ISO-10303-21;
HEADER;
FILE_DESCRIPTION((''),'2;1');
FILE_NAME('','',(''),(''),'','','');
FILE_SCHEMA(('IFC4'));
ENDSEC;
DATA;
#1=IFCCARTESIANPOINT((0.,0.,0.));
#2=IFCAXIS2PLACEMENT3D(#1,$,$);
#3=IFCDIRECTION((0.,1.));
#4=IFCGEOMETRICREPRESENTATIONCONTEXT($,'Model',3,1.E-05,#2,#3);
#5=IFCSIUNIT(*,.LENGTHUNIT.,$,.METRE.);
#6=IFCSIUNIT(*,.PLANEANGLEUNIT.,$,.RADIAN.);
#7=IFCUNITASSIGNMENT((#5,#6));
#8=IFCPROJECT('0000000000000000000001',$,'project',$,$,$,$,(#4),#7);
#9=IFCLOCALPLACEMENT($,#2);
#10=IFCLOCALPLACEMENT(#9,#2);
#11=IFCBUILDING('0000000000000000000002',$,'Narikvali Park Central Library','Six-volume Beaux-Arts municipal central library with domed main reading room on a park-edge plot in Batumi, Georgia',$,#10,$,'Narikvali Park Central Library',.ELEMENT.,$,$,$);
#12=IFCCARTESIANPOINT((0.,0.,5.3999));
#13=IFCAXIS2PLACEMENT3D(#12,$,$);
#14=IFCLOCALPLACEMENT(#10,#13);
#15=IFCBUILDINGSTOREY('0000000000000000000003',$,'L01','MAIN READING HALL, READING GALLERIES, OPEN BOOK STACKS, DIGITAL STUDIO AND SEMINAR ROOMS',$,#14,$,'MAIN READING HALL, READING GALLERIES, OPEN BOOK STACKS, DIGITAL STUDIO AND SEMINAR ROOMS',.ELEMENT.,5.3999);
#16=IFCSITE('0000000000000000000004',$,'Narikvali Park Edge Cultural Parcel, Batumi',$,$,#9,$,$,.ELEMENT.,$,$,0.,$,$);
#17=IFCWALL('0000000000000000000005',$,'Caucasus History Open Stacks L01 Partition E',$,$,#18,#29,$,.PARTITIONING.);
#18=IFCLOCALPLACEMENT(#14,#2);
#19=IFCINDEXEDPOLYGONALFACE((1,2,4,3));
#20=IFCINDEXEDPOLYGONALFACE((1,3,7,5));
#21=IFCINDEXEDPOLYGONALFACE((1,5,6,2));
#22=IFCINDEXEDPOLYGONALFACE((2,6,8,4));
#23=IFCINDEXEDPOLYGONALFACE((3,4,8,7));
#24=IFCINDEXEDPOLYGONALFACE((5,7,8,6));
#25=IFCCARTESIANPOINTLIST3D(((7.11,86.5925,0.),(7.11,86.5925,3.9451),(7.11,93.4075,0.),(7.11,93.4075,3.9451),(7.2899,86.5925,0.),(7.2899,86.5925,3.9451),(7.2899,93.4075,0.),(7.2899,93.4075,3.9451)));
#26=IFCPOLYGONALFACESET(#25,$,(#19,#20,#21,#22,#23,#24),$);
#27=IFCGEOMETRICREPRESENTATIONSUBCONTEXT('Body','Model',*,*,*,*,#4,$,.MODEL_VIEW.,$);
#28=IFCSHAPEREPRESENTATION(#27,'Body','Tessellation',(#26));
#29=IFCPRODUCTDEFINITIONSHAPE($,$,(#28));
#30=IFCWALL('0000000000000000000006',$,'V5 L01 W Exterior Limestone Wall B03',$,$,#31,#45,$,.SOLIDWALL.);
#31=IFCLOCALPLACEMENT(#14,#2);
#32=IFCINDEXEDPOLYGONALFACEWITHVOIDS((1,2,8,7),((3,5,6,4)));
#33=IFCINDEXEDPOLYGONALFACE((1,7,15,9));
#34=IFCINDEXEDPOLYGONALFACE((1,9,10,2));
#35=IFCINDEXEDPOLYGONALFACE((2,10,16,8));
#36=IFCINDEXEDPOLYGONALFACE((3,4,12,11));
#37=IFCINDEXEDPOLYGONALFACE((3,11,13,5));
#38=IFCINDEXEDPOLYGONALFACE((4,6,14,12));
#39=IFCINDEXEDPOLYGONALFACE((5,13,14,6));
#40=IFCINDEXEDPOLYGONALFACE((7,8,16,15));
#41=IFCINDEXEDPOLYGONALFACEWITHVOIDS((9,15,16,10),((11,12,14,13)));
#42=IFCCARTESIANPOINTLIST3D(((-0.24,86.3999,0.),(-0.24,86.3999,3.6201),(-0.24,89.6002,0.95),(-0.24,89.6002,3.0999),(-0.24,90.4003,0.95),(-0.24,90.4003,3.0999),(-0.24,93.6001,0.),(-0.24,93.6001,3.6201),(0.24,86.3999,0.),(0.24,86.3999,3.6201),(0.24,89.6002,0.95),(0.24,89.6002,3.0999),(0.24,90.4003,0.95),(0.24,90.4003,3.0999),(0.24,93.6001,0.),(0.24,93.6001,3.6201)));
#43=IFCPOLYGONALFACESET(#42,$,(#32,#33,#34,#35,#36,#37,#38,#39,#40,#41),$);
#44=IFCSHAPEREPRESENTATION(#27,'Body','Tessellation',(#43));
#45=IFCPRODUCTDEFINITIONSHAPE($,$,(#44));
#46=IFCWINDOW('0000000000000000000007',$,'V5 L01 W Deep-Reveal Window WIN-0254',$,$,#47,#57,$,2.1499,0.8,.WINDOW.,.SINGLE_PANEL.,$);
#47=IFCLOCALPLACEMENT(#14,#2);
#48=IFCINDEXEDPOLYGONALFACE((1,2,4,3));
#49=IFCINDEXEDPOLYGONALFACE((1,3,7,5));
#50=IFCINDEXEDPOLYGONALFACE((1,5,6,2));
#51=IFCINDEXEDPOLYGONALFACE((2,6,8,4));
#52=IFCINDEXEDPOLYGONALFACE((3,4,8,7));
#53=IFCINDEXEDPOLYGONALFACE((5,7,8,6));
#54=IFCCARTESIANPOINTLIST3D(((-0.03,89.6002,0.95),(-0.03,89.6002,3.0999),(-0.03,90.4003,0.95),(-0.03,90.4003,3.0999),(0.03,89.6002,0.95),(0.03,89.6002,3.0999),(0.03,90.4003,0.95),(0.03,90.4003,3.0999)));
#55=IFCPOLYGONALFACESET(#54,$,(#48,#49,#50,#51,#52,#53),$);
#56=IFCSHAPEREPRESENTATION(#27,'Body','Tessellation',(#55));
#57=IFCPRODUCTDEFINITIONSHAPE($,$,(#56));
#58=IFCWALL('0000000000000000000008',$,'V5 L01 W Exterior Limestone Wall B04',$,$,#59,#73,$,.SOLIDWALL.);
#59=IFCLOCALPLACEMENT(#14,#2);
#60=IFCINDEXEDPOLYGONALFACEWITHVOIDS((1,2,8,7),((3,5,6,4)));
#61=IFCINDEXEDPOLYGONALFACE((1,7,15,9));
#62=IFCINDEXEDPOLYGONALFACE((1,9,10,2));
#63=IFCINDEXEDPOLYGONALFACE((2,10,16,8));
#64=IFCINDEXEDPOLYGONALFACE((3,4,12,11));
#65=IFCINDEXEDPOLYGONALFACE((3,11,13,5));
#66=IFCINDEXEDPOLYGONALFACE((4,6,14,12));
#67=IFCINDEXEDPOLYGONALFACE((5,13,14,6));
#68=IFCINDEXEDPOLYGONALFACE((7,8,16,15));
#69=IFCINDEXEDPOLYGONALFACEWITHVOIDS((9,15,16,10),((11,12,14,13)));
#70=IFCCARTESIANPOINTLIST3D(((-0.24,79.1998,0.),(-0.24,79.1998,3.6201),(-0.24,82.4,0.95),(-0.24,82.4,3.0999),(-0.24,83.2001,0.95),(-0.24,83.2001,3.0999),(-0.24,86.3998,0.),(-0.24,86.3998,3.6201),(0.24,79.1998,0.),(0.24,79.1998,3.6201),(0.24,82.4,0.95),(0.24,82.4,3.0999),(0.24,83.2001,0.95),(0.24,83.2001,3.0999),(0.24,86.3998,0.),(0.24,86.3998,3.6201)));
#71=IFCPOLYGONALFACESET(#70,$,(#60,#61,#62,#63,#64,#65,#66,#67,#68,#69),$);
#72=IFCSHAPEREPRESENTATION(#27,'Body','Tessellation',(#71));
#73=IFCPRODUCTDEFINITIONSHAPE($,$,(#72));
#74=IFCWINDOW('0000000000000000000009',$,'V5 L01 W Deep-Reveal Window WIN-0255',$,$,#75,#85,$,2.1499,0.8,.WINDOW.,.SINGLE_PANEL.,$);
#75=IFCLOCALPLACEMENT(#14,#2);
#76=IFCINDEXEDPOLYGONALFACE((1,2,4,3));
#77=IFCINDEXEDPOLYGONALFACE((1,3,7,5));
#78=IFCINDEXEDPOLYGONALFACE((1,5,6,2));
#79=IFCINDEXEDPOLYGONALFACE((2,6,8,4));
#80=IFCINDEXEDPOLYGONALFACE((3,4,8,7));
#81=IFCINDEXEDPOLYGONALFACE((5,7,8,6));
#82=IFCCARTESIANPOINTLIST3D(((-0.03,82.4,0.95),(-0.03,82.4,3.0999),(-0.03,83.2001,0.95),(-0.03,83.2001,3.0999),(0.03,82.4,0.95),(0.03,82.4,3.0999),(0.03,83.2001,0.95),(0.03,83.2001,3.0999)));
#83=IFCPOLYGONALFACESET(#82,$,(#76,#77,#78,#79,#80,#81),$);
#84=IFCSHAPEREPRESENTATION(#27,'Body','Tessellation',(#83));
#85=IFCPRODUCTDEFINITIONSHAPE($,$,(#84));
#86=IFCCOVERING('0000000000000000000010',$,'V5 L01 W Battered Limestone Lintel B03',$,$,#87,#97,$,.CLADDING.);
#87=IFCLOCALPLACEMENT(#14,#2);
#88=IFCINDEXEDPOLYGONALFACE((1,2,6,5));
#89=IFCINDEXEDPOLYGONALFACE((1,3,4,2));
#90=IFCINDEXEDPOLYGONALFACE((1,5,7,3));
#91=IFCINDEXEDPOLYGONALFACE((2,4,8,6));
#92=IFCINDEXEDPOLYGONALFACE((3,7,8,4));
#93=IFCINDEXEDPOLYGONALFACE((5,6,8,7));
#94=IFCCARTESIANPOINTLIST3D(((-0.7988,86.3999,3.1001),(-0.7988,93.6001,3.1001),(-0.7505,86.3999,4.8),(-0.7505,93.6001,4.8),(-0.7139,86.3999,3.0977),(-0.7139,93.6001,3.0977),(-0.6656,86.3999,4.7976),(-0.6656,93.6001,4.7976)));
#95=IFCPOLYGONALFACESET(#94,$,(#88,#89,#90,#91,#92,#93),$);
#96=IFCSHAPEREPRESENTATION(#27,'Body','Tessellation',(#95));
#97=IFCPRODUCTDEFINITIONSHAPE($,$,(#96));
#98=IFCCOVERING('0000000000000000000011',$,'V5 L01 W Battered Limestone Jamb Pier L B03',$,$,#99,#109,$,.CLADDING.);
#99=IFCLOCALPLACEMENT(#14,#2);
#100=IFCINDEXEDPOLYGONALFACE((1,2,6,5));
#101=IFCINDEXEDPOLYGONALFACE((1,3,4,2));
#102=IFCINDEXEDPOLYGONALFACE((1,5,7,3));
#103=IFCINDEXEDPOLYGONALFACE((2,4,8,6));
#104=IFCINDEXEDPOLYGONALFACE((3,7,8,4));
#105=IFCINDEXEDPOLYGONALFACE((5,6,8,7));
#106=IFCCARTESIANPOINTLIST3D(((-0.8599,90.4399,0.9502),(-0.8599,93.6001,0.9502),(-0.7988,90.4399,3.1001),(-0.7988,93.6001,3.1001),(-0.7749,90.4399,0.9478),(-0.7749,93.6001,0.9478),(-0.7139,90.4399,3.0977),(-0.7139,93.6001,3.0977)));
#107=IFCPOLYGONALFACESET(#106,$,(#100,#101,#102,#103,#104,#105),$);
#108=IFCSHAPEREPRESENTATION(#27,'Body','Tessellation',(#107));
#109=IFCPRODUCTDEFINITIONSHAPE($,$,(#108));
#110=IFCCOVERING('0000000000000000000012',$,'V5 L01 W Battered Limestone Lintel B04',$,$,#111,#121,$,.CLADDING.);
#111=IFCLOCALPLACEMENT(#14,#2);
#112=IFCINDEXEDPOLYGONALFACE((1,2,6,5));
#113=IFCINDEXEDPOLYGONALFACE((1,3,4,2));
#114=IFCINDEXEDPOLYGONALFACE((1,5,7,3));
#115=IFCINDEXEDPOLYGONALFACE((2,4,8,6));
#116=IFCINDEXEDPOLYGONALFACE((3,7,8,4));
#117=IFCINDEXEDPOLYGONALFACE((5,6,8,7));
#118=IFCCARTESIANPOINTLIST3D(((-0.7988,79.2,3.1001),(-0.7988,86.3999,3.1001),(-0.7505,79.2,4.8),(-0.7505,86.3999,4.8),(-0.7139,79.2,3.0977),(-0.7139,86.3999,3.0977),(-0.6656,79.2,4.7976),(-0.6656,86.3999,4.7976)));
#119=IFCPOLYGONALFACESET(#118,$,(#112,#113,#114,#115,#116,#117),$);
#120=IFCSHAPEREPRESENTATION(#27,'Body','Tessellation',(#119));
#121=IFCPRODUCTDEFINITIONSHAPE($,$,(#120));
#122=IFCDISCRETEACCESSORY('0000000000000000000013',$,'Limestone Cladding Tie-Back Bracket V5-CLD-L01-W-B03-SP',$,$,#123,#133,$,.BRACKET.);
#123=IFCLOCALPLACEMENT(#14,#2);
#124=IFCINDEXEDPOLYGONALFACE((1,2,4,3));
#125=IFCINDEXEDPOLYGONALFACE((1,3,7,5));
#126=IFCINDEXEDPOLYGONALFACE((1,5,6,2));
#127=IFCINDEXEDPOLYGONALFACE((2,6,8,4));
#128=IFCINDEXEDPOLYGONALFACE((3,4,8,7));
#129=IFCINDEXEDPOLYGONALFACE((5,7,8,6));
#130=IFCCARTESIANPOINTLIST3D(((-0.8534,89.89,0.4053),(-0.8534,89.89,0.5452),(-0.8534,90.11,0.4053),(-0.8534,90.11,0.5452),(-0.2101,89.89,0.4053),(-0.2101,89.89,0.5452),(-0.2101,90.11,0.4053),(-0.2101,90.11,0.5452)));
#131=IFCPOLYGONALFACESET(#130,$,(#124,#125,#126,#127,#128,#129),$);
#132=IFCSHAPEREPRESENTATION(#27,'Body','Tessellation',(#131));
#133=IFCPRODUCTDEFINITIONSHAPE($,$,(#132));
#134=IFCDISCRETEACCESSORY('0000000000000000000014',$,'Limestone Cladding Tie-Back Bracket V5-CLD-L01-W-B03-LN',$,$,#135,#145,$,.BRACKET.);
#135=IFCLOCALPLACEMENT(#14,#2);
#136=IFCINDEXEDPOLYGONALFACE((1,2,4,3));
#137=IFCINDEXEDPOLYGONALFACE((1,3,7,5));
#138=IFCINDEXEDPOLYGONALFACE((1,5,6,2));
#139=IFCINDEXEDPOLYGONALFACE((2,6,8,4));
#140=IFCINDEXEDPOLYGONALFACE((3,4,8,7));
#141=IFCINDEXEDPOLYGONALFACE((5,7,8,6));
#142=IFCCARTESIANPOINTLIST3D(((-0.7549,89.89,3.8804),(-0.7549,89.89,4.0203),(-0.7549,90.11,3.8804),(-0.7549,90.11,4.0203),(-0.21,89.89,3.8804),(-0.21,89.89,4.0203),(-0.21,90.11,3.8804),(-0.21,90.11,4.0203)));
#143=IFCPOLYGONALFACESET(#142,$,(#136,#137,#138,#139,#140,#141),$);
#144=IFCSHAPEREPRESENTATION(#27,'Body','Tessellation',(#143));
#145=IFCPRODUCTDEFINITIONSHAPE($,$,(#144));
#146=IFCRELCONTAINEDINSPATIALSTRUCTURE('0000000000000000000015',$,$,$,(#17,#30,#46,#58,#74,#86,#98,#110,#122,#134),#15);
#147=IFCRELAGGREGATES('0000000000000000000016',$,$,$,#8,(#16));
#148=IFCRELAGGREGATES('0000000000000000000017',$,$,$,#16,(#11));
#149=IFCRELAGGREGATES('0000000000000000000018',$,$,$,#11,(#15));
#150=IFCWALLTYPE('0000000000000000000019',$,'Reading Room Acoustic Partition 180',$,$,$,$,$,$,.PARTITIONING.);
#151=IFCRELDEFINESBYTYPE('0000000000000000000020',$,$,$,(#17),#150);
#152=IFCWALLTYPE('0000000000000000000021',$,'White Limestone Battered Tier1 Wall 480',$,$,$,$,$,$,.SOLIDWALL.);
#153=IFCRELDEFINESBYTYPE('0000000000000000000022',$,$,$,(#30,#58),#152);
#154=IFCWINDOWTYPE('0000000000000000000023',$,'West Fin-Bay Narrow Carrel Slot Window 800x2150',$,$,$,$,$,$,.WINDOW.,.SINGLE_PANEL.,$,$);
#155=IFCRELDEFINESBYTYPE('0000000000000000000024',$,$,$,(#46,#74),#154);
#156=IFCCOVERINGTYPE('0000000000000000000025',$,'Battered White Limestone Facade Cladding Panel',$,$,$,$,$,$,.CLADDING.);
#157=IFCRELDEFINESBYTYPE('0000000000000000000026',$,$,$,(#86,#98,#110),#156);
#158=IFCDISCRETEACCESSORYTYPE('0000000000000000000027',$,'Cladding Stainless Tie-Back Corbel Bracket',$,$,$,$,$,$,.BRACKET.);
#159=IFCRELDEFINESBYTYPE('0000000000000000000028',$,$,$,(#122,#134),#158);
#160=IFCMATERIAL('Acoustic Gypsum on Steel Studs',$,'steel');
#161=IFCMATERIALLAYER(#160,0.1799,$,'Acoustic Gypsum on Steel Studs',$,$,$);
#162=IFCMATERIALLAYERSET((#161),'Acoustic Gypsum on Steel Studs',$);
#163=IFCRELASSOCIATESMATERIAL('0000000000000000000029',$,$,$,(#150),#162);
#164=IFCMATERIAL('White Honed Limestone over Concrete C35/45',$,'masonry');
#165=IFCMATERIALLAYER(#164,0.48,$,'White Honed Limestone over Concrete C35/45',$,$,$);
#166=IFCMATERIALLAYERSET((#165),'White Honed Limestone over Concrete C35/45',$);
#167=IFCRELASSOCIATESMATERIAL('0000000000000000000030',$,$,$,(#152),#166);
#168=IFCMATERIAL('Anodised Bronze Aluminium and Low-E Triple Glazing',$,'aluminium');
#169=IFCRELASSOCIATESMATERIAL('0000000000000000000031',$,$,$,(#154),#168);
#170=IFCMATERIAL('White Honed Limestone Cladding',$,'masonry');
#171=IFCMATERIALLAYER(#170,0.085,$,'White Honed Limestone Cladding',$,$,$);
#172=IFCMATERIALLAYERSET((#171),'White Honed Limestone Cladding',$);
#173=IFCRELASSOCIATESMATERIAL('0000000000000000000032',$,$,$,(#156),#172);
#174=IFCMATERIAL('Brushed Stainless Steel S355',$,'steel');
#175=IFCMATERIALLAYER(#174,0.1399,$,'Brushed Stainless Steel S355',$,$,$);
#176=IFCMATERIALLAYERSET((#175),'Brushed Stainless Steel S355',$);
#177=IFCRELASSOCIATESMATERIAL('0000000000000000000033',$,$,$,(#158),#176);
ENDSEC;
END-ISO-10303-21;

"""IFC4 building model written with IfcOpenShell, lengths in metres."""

from ifc_helpers import new_model, si_unit, direction, frame, frame_2d, origin, origin_2d, place, context, subcontext, project, spatial, polyline, rectangle, outline, extrude, material, layer, layer_set, type_object, element, fill, save


model = new_model("IFC4")

# Units and contexts
model_context = context("Model", 3, precision=1e-05, world=origin(), true_north=direction((0.0, 1.0)))
body_context = subcontext(model_context, "Body", "Model", "MODEL_VIEW")
ifc_project = project(units=[si_unit("LENGTHUNIT", "METRE"), si_unit("PLANEANGLEUNIT", "RADIAN")], contexts=[model_context])

# Site, building, storey
site_placement = place(None, origin())
site = spatial("IfcSite", under=ifc_project, at=site_placement, Name="Narikvali Park Edge Cultural Parcel, Batumi", CompositionType="ELEMENT", RefElevation=0.0)
building_placement = place(site_placement, origin())
building = spatial("IfcBuilding", under=site, at=building_placement, Name="Narikvali Park Central Library", Description="Six-volume Beaux-Arts municipal central library with domed main reading room on a park-edge plot in Batumi, Georgia", LongName="Narikvali Park Central Library", CompositionType="ELEMENT")
storey_placement = place(building_placement, frame((0.0, 0.0, 5.3999)))
storey = spatial("IfcBuildingStorey", under=building, at=storey_placement, Name="L01", Description="MAIN READING HALL, READING GALLERIES, OPEN BOOK STACKS, DIGITAL STUDIO AND SEMINAR ROOMS", LongName="MAIN READING HALL, READING GALLERIES, OPEN BOOK STACKS, DIGITAL STUDIO AND SEMINAR ROOMS", CompositionType="ELEMENT", Elevation=5.3999)

# Wall
ifc_material_1 = material(Name="Acoustic Gypsum on Steel Studs", Category="steel")
ifc_layer_1 = layer(ifc_material_1, 0.1799, Name="Acoustic Gypsum on Steel Studs")
ifc_layer_set_1 = layer_set([ifc_layer_1], Name="Acoustic Gypsum on Steel Studs")
wall_type_1 = type_object("IfcWallType", Name="Reading Room Acoustic Partition 180", PredefinedType="PARTITIONING", material=ifc_layer_set_1)
wall_1_placement = place(storey_placement, frame((7.2, 86.5925, 0.0), z_axis=(0.0, 0.0, 1.0), x_axis=(0.0, 1.0, 0.0)))
element("IfcWall", 1, at=wall_1_placement, inside=storey, type_object=wall_type_1, Name="Caucasus History Open Stacks L01 Partition E", PredefinedType="PARTITIONING", context=body_context, shape_type="SweptSolid", body=[
    extrude(rectangle(XDim=6.8149, YDim=0.1799, at=frame_2d((3.4075, 0.0))), origin(), (0.0, 0.0, 1.0), 3.9451),
])

# Walls, openings, windows
ifc_material_2 = material(Name="White Honed Limestone over Concrete C35/45", Category="masonry")
ifc_layer_2 = layer(ifc_material_2, 0.48, Name="White Honed Limestone over Concrete C35/45")
ifc_layer_set_2 = layer_set([ifc_layer_2], Name="White Honed Limestone over Concrete C35/45")
wall_type_2 = type_object("IfcWallType", Name="White Limestone Battered Tier1 Wall 480", PredefinedType="SOLIDWALL", material=ifc_layer_set_2)
wall_2_placement = place(storey_placement, frame((0.0, 93.6001, 0.0), z_axis=(0.0, 0.0, 1.0), x_axis=(0.0, -1.0, 0.0)))
wall_2 = element("IfcWall", 2, at=wall_2_placement, inside=storey, type_object=wall_type_2, Name="V5 L01 W Exterior Limestone Wall B03", PredefinedType="SOLIDWALL", context=body_context, shape_type="SweptSolid", body=[
    extrude(rectangle(XDim=7.2002, YDim=0.48, at=frame_2d((3.6001, 0.0))), origin(), (0.0, 0.0, 1.0), 3.6201),
])
opening_1_placement = place(wall_2_placement, frame((3.2, 0.0, 0.95)))
opening_1 = element("IfcOpeningElement", 3, at=opening_1_placement, cuts=wall_2, PredefinedType="OPENING", context=body_context, shape_type="SweptSolid", body=[
    extrude(rectangle(XDim=0.8, YDim=2.1499, at=frame_2d((0.3999, 1.075))), frame((0.0, 0.252, 0.0), z_axis=(0.0, -1.0, 0.0), x_axis=(1.0, 0.0, 0.0)), (0.0, 0.0, 1.0), 0.5039),
])
ifc_material_3 = material(Name="Anodised Bronze Aluminium and Low-E Triple Glazing", Category="aluminium")
window_type = type_object("IfcWindowType", Name="West Fin-Bay Narrow Carrel Slot Window 800x2150", PartitioningType="SINGLE_PANEL", PredefinedType="WINDOW", material=ifc_material_3)
window_1_placement = place(opening_1_placement, origin())
window_1 = element("IfcWindow", 4, at=window_1_placement, inside=storey, type_object=window_type, Name="V5 L01 W Deep-Reveal Window WIN-0254", OverallHeight=2.1499, OverallWidth=0.8, PartitioningType="SINGLE_PANEL", PredefinedType="WINDOW", context=body_context, shape_type="SweptSolid", body=[
    extrude(rectangle(XDim=0.8, YDim=2.1499, at=frame_2d((0.3999, 1.075))), frame((0.0, 0.03, 0.0), z_axis=(0.0, -1.0, 0.0), x_axis=(1.0, 0.0, 0.0)), (0.0, 0.0, 1.0), 0.0601),
])
fill(opening_1, window_1)
wall_3_placement = place(storey_placement, frame((0.0, 86.3999, 0.0), z_axis=(0.0, 0.0, 1.0), x_axis=(0.0, -1.0, 0.0)))
wall_3 = element("IfcWall", 5, at=wall_3_placement, inside=storey, type_object=wall_type_2, Name="V5 L01 W Exterior Limestone Wall B04", PredefinedType="SOLIDWALL", context=body_context, shape_type="SweptSolid", body=[
    extrude(rectangle(XDim=7.2, YDim=0.48, at=frame_2d((3.6001, 0.0))), origin(), (0.0, 0.0, 1.0), 3.6201),
])
opening_2_placement = place(wall_3_placement, frame((3.2, 0.0, 0.95)))
opening_2 = element("IfcOpeningElement", 6, at=opening_2_placement, cuts=wall_3, PredefinedType="OPENING", context=body_context, shape_type="SweptSolid", body=[
    extrude(rectangle(XDim=0.8, YDim=2.1499, at=frame_2d((0.3999, 1.075))), frame((0.0, 0.252, 0.0), z_axis=(0.0, -1.0, 0.0), x_axis=(1.0, 0.0, 0.0)), (0.0, 0.0, 1.0), 0.5039),
])
window_2_placement = place(opening_2_placement, origin())
window_2 = element("IfcWindow", 7, at=window_2_placement, inside=storey, type_object=window_type, Name="V5 L01 W Deep-Reveal Window WIN-0255", OverallHeight=2.1499, OverallWidth=0.8, PartitioningType="SINGLE_PANEL", PredefinedType="WINDOW", context=body_context, shape_type="SweptSolid", body=[
    extrude(rectangle(XDim=0.8, YDim=2.1499, at=frame_2d((0.3999, 1.075))), frame((0.0, 0.03, 0.0), z_axis=(0.0, -1.0, 0.0), x_axis=(1.0, 0.0, 0.0)), (0.0, 0.0, 1.0), 0.0601),
])
fill(opening_2, window_2)

# Coverings
ifc_material_4 = material(Name="White Honed Limestone Cladding", Category="masonry")
ifc_layer_3 = layer(ifc_material_4, 0.085, Name="White Honed Limestone Cladding")
ifc_layer_set_3 = layer_set([ifc_layer_3], Name="White Honed Limestone Cladding")
covering_type = type_object("IfcCoveringType", Name="Battered White Limestone Facade Cladding Panel", PredefinedType="CLADDING", material=ifc_layer_set_3)
covering_1_placement = place(storey_placement, frame((-0.7988, 93.6001, 3.1001), z_axis=(-0.999596, 0.0, 0.028425), x_axis=(0.0, -1.0, 0.0)))
element("IfcCovering", 8, at=covering_1_placement, inside=storey, type_object=covering_type, Name="V5 L01 W Battered Limestone Lintel B03", PredefinedType="CLADDING", context=body_context, shape_type="SweptSolid", body=[
    extrude(outline(polyline([(0.0, 0.0), (7.2002, 0.0), (7.2002, 1.7006), (0.0, 1.7006), (0.0, 0.0)])), origin(), (0.0, 0.0, -1.0), 0.085),
])
covering_2_placement = place(storey_placement, frame((-0.8599, 93.6001, 0.9502), z_axis=(-0.999597, 0.0, 0.028378), x_axis=(0.0, -1.0, 0.0)))
element("IfcCovering", 9, at=covering_2_placement, inside=storey, type_object=covering_type, Name="V5 L01 W Battered Limestone Jamb Pier L B03", PredefinedType="CLADDING", context=body_context, shape_type="SweptSolid", body=[
    extrude(outline(polyline([(0.0, 0.0), (3.1602, 0.0), (3.1602, 2.1508), (0.0, 2.1508), (0.0, 0.0)])), origin(), (0.0, 0.0, -1.0), 0.085),
])
covering_3_placement = place(storey_placement, frame((-0.7988, 86.3999, 3.1001), z_axis=(-0.999596, 0.0, 0.028425), x_axis=(0.0, -1.0, 0.0)))
element("IfcCovering", 10, at=covering_3_placement, inside=storey, type_object=covering_type, Name="V5 L01 W Battered Limestone Lintel B04", PredefinedType="CLADDING", context=body_context, shape_type="SweptSolid", body=[
    extrude(outline(polyline([(0.0, 0.0), (7.2, 0.0), (7.2, 1.7006), (0.0, 1.7006), (0.0, 0.0)])), origin(), (0.0, 0.0, -1.0), 0.085),
])

# Discrete accessories
ifc_material_5 = material(Name="Brushed Stainless Steel S355", Category="steel")
ifc_layer_4 = layer(ifc_material_5, 0.1399, Name="Brushed Stainless Steel S355")
ifc_layer_set_4 = layer_set([ifc_layer_4], Name="Brushed Stainless Steel S355")
discrete_accessory_type = type_object("IfcDiscreteAccessoryType", Name="Cladding Stainless Tie-Back Corbel Bracket", PredefinedType="BRACKET", material=ifc_layer_set_4)
discrete_accessory_1_placement = place(storey_placement, frame((-0.5317, 90.0, 0.4053), z_axis=(0.0, 0.0, 1.0), x_axis=(1.0, 0.0, 0.0)))
element("IfcDiscreteAccessory", 11, at=discrete_accessory_1_placement, inside=storey, type_object=discrete_accessory_type, Name="Limestone Cladding Tie-Back Bracket V5-CLD-L01-W-B03-SP", PredefinedType="BRACKET", context=body_context, shape_type="SweptSolid", body=[
    extrude(rectangle(XDim=0.6433, YDim=0.22, at=origin_2d()), origin(), (0.0, 0.0, 1.0), 0.1399),
])
discrete_accessory_2_placement = place(storey_placement, frame((-0.4824, 90.0, 3.8804), z_axis=(0.0, 0.0, 1.0), x_axis=(1.0, 0.0, 0.0)))
element("IfcDiscreteAccessory", 12, at=discrete_accessory_2_placement, inside=storey, type_object=discrete_accessory_type, Name="Limestone Cladding Tie-Back Bracket V5-CLD-L01-W-B03-LN", PredefinedType="BRACKET", context=body_context, shape_type="SweptSolid", body=[
    extrude(rectangle(XDim=0.5449, YDim=0.22, at=origin_2d()), origin(), (0.0, 0.0, 1.0), 0.1399),
])

save(model, "model.ifc")
